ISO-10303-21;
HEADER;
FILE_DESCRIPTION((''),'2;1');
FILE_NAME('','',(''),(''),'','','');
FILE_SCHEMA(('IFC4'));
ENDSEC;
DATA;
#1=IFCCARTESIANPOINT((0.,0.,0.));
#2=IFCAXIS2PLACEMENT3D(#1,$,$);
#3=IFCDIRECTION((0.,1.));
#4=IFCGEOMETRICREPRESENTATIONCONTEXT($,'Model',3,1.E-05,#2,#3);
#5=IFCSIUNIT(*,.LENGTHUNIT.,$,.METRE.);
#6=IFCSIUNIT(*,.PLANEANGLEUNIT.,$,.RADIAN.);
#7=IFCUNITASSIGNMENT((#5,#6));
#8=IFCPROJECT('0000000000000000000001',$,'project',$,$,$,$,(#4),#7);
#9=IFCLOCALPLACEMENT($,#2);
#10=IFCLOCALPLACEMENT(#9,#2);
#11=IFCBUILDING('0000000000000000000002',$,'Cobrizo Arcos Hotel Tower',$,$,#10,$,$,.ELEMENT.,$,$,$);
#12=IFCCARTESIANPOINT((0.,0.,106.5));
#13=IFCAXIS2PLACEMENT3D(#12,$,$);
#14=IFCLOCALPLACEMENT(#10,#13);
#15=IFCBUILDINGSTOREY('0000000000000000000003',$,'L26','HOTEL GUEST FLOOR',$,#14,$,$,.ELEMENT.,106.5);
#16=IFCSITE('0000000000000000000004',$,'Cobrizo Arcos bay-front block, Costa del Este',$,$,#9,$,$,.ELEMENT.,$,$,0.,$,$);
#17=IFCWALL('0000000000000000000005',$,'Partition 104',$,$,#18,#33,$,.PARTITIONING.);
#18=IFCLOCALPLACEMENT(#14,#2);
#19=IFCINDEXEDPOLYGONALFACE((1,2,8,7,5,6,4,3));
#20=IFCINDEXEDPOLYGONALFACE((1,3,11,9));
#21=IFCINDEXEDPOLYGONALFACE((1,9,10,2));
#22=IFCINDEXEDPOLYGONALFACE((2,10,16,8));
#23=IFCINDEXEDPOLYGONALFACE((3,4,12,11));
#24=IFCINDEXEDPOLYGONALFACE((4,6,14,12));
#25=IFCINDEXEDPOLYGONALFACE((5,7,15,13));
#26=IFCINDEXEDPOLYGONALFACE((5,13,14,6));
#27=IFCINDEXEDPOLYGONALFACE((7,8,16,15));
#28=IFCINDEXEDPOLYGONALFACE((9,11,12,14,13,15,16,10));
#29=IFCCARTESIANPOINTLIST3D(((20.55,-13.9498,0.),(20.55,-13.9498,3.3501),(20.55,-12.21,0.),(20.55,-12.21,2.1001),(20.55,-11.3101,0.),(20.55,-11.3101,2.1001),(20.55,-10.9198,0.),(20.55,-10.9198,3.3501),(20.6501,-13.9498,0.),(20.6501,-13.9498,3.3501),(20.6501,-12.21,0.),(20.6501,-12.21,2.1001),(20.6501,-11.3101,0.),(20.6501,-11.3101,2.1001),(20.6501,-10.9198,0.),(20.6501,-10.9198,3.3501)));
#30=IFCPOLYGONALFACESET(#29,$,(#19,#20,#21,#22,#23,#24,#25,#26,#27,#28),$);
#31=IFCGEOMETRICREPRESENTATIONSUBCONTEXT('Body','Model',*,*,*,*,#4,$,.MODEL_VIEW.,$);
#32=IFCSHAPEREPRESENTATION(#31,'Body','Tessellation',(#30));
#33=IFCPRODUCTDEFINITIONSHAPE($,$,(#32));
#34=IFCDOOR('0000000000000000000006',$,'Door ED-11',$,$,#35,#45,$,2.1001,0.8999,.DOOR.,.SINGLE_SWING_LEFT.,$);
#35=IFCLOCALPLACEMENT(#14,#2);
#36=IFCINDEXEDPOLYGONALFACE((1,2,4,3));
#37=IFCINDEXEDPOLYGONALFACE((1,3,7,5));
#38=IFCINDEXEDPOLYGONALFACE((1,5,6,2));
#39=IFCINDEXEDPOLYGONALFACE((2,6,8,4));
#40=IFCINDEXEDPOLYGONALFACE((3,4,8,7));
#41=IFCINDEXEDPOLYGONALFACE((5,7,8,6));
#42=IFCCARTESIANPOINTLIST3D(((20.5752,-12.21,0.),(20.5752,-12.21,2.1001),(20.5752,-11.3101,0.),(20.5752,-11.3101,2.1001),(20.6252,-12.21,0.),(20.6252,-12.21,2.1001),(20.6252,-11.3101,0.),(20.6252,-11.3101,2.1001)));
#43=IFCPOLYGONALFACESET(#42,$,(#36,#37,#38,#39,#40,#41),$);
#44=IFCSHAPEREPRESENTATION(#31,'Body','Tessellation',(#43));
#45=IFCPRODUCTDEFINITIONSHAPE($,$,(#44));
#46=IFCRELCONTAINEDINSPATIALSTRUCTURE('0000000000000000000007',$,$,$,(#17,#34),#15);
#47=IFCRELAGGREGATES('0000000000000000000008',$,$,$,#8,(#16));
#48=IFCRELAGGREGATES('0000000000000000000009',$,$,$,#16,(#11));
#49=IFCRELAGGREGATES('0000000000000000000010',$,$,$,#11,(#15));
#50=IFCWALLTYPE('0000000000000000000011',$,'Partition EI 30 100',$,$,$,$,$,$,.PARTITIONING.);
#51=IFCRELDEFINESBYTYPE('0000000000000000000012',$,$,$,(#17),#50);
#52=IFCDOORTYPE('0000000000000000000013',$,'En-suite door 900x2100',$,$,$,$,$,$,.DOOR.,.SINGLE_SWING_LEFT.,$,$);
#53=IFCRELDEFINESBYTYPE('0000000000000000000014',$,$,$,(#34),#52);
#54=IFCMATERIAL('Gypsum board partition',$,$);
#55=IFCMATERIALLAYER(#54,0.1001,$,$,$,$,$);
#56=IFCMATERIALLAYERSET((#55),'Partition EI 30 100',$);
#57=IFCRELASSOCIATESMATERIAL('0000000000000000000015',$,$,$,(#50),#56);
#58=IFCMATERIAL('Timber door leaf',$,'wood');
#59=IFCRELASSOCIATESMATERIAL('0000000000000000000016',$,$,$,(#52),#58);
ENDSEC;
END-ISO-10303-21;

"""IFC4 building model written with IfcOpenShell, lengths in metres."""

from ifc_helpers import new_model, si_unit, direction, frame, frame_2d, origin, place, context, subcontext, project, spatial, rectangle, extrude, material, layer, layer_set, type_object, element, fill, save


model = new_model("IFC4")

# Units and contexts
model_context = context("Model", 3, precision=1e-05, world=origin(), true_north=direction((0.0, 1.0)))
body_context = subcontext(model_context, "Body", "Model", "MODEL_VIEW")
ifc_project = project(units=[si_unit("LENGTHUNIT", "METRE"), si_unit("PLANEANGLEUNIT", "RADIAN")], contexts=[model_context])

# Site, building, storey
site_placement = place(None, origin())
site = spatial("IfcSite", under=ifc_project, at=site_placement, Name="Cobrizo Arcos bay-front block, Costa del Este", CompositionType="ELEMENT", RefElevation=0.0)
building_placement = place(site_placement, origin())
building = spatial("IfcBuilding", under=site, at=building_placement, Name="Cobrizo Arcos Hotel Tower", CompositionType="ELEMENT")
storey_placement = place(building_placement, frame((0.0, 0.0, 106.5)))
storey = spatial("IfcBuildingStorey", under=building, at=storey_placement, Name="L26", Description="HOTEL GUEST FLOOR", CompositionType="ELEMENT", Elevation=106.5)

# Shared definitions
ifc_material_1 = material(Name="Gypsum board partition")
ifc_layer_1 = layer(ifc_material_1, 0.1001)
ifc_layer_set_1 = layer_set([ifc_layer_1], Name="Partition EI 30 100")
wall_type = type_object("IfcWallType", Name="Partition EI 30 100", PredefinedType="PARTITIONING", material=ifc_layer_set_1)

# Wall, opening, door
ifc_material_2 = material(Name="Timber door leaf", Category="wood")
wall_1_placement = place(storey_placement, frame((20.6001, -13.95, 0.0), z_axis=(0.0, 0.0, 1.0), x_axis=(0.0, 1.0, 0.0)))
wall_1 = element("IfcWall", 1, at=wall_1_placement, inside=storey, type_object=wall_type, Name="Partition 104", PredefinedType="PARTITIONING", context=body_context, shape_type="SweptSolid", body=[
    extrude(rectangle(XDim=3.03, YDim=0.1001, at=frame_2d((1.5151, 0.0))), origin(), (0.0, 0.0, 1.0), 3.3501),
])
opening_1_placement = place(wall_1_placement, frame((1.74, 0.0, 0.0)))
opening_1 = element("IfcOpeningElement", 2, at=opening_1_placement, cuts=wall_1, PredefinedType="OPENING", context=body_context, shape_type="SweptSolid", body=[
    extrude(rectangle(XDim=0.8999, YDim=2.1001, at=frame_2d((0.45, 1.05))), frame((0.0, 0.062, 0.0), z_axis=(0.0, -1.0, 0.0), x_axis=(1.0, 0.0, 0.0)), (0.0, 0.0, 1.0), 0.124),
])
door_type_1 = type_object("IfcDoorType", Name="En-suite door 900x2100", OperationType="SINGLE_SWING_LEFT", PredefinedType="DOOR", material=ifc_material_2)
door_1_placement = place(opening_1_placement, origin())
door_1 = element("IfcDoor", 3, at=door_1_placement, inside=storey, type_object=door_type_1, Name="Door ED-11", OperationType="SINGLE_SWING_LEFT", OverallHeight=2.1001, OverallWidth=0.8999, PredefinedType="DOOR", context=body_context, shape_type="SweptSolid", body=[
    extrude(rectangle(XDim=0.8999, YDim=2.1001, at=frame_2d((0.45, 1.05))), frame((0.0, 0.0249, 0.0), z_axis=(0.0, -1.0, 0.0), x_axis=(1.0, 0.0, 0.0)), (0.0, 0.0, 1.0), 0.05),
])
fill(opening_1, door_1)

save(model, "model.ifc")
